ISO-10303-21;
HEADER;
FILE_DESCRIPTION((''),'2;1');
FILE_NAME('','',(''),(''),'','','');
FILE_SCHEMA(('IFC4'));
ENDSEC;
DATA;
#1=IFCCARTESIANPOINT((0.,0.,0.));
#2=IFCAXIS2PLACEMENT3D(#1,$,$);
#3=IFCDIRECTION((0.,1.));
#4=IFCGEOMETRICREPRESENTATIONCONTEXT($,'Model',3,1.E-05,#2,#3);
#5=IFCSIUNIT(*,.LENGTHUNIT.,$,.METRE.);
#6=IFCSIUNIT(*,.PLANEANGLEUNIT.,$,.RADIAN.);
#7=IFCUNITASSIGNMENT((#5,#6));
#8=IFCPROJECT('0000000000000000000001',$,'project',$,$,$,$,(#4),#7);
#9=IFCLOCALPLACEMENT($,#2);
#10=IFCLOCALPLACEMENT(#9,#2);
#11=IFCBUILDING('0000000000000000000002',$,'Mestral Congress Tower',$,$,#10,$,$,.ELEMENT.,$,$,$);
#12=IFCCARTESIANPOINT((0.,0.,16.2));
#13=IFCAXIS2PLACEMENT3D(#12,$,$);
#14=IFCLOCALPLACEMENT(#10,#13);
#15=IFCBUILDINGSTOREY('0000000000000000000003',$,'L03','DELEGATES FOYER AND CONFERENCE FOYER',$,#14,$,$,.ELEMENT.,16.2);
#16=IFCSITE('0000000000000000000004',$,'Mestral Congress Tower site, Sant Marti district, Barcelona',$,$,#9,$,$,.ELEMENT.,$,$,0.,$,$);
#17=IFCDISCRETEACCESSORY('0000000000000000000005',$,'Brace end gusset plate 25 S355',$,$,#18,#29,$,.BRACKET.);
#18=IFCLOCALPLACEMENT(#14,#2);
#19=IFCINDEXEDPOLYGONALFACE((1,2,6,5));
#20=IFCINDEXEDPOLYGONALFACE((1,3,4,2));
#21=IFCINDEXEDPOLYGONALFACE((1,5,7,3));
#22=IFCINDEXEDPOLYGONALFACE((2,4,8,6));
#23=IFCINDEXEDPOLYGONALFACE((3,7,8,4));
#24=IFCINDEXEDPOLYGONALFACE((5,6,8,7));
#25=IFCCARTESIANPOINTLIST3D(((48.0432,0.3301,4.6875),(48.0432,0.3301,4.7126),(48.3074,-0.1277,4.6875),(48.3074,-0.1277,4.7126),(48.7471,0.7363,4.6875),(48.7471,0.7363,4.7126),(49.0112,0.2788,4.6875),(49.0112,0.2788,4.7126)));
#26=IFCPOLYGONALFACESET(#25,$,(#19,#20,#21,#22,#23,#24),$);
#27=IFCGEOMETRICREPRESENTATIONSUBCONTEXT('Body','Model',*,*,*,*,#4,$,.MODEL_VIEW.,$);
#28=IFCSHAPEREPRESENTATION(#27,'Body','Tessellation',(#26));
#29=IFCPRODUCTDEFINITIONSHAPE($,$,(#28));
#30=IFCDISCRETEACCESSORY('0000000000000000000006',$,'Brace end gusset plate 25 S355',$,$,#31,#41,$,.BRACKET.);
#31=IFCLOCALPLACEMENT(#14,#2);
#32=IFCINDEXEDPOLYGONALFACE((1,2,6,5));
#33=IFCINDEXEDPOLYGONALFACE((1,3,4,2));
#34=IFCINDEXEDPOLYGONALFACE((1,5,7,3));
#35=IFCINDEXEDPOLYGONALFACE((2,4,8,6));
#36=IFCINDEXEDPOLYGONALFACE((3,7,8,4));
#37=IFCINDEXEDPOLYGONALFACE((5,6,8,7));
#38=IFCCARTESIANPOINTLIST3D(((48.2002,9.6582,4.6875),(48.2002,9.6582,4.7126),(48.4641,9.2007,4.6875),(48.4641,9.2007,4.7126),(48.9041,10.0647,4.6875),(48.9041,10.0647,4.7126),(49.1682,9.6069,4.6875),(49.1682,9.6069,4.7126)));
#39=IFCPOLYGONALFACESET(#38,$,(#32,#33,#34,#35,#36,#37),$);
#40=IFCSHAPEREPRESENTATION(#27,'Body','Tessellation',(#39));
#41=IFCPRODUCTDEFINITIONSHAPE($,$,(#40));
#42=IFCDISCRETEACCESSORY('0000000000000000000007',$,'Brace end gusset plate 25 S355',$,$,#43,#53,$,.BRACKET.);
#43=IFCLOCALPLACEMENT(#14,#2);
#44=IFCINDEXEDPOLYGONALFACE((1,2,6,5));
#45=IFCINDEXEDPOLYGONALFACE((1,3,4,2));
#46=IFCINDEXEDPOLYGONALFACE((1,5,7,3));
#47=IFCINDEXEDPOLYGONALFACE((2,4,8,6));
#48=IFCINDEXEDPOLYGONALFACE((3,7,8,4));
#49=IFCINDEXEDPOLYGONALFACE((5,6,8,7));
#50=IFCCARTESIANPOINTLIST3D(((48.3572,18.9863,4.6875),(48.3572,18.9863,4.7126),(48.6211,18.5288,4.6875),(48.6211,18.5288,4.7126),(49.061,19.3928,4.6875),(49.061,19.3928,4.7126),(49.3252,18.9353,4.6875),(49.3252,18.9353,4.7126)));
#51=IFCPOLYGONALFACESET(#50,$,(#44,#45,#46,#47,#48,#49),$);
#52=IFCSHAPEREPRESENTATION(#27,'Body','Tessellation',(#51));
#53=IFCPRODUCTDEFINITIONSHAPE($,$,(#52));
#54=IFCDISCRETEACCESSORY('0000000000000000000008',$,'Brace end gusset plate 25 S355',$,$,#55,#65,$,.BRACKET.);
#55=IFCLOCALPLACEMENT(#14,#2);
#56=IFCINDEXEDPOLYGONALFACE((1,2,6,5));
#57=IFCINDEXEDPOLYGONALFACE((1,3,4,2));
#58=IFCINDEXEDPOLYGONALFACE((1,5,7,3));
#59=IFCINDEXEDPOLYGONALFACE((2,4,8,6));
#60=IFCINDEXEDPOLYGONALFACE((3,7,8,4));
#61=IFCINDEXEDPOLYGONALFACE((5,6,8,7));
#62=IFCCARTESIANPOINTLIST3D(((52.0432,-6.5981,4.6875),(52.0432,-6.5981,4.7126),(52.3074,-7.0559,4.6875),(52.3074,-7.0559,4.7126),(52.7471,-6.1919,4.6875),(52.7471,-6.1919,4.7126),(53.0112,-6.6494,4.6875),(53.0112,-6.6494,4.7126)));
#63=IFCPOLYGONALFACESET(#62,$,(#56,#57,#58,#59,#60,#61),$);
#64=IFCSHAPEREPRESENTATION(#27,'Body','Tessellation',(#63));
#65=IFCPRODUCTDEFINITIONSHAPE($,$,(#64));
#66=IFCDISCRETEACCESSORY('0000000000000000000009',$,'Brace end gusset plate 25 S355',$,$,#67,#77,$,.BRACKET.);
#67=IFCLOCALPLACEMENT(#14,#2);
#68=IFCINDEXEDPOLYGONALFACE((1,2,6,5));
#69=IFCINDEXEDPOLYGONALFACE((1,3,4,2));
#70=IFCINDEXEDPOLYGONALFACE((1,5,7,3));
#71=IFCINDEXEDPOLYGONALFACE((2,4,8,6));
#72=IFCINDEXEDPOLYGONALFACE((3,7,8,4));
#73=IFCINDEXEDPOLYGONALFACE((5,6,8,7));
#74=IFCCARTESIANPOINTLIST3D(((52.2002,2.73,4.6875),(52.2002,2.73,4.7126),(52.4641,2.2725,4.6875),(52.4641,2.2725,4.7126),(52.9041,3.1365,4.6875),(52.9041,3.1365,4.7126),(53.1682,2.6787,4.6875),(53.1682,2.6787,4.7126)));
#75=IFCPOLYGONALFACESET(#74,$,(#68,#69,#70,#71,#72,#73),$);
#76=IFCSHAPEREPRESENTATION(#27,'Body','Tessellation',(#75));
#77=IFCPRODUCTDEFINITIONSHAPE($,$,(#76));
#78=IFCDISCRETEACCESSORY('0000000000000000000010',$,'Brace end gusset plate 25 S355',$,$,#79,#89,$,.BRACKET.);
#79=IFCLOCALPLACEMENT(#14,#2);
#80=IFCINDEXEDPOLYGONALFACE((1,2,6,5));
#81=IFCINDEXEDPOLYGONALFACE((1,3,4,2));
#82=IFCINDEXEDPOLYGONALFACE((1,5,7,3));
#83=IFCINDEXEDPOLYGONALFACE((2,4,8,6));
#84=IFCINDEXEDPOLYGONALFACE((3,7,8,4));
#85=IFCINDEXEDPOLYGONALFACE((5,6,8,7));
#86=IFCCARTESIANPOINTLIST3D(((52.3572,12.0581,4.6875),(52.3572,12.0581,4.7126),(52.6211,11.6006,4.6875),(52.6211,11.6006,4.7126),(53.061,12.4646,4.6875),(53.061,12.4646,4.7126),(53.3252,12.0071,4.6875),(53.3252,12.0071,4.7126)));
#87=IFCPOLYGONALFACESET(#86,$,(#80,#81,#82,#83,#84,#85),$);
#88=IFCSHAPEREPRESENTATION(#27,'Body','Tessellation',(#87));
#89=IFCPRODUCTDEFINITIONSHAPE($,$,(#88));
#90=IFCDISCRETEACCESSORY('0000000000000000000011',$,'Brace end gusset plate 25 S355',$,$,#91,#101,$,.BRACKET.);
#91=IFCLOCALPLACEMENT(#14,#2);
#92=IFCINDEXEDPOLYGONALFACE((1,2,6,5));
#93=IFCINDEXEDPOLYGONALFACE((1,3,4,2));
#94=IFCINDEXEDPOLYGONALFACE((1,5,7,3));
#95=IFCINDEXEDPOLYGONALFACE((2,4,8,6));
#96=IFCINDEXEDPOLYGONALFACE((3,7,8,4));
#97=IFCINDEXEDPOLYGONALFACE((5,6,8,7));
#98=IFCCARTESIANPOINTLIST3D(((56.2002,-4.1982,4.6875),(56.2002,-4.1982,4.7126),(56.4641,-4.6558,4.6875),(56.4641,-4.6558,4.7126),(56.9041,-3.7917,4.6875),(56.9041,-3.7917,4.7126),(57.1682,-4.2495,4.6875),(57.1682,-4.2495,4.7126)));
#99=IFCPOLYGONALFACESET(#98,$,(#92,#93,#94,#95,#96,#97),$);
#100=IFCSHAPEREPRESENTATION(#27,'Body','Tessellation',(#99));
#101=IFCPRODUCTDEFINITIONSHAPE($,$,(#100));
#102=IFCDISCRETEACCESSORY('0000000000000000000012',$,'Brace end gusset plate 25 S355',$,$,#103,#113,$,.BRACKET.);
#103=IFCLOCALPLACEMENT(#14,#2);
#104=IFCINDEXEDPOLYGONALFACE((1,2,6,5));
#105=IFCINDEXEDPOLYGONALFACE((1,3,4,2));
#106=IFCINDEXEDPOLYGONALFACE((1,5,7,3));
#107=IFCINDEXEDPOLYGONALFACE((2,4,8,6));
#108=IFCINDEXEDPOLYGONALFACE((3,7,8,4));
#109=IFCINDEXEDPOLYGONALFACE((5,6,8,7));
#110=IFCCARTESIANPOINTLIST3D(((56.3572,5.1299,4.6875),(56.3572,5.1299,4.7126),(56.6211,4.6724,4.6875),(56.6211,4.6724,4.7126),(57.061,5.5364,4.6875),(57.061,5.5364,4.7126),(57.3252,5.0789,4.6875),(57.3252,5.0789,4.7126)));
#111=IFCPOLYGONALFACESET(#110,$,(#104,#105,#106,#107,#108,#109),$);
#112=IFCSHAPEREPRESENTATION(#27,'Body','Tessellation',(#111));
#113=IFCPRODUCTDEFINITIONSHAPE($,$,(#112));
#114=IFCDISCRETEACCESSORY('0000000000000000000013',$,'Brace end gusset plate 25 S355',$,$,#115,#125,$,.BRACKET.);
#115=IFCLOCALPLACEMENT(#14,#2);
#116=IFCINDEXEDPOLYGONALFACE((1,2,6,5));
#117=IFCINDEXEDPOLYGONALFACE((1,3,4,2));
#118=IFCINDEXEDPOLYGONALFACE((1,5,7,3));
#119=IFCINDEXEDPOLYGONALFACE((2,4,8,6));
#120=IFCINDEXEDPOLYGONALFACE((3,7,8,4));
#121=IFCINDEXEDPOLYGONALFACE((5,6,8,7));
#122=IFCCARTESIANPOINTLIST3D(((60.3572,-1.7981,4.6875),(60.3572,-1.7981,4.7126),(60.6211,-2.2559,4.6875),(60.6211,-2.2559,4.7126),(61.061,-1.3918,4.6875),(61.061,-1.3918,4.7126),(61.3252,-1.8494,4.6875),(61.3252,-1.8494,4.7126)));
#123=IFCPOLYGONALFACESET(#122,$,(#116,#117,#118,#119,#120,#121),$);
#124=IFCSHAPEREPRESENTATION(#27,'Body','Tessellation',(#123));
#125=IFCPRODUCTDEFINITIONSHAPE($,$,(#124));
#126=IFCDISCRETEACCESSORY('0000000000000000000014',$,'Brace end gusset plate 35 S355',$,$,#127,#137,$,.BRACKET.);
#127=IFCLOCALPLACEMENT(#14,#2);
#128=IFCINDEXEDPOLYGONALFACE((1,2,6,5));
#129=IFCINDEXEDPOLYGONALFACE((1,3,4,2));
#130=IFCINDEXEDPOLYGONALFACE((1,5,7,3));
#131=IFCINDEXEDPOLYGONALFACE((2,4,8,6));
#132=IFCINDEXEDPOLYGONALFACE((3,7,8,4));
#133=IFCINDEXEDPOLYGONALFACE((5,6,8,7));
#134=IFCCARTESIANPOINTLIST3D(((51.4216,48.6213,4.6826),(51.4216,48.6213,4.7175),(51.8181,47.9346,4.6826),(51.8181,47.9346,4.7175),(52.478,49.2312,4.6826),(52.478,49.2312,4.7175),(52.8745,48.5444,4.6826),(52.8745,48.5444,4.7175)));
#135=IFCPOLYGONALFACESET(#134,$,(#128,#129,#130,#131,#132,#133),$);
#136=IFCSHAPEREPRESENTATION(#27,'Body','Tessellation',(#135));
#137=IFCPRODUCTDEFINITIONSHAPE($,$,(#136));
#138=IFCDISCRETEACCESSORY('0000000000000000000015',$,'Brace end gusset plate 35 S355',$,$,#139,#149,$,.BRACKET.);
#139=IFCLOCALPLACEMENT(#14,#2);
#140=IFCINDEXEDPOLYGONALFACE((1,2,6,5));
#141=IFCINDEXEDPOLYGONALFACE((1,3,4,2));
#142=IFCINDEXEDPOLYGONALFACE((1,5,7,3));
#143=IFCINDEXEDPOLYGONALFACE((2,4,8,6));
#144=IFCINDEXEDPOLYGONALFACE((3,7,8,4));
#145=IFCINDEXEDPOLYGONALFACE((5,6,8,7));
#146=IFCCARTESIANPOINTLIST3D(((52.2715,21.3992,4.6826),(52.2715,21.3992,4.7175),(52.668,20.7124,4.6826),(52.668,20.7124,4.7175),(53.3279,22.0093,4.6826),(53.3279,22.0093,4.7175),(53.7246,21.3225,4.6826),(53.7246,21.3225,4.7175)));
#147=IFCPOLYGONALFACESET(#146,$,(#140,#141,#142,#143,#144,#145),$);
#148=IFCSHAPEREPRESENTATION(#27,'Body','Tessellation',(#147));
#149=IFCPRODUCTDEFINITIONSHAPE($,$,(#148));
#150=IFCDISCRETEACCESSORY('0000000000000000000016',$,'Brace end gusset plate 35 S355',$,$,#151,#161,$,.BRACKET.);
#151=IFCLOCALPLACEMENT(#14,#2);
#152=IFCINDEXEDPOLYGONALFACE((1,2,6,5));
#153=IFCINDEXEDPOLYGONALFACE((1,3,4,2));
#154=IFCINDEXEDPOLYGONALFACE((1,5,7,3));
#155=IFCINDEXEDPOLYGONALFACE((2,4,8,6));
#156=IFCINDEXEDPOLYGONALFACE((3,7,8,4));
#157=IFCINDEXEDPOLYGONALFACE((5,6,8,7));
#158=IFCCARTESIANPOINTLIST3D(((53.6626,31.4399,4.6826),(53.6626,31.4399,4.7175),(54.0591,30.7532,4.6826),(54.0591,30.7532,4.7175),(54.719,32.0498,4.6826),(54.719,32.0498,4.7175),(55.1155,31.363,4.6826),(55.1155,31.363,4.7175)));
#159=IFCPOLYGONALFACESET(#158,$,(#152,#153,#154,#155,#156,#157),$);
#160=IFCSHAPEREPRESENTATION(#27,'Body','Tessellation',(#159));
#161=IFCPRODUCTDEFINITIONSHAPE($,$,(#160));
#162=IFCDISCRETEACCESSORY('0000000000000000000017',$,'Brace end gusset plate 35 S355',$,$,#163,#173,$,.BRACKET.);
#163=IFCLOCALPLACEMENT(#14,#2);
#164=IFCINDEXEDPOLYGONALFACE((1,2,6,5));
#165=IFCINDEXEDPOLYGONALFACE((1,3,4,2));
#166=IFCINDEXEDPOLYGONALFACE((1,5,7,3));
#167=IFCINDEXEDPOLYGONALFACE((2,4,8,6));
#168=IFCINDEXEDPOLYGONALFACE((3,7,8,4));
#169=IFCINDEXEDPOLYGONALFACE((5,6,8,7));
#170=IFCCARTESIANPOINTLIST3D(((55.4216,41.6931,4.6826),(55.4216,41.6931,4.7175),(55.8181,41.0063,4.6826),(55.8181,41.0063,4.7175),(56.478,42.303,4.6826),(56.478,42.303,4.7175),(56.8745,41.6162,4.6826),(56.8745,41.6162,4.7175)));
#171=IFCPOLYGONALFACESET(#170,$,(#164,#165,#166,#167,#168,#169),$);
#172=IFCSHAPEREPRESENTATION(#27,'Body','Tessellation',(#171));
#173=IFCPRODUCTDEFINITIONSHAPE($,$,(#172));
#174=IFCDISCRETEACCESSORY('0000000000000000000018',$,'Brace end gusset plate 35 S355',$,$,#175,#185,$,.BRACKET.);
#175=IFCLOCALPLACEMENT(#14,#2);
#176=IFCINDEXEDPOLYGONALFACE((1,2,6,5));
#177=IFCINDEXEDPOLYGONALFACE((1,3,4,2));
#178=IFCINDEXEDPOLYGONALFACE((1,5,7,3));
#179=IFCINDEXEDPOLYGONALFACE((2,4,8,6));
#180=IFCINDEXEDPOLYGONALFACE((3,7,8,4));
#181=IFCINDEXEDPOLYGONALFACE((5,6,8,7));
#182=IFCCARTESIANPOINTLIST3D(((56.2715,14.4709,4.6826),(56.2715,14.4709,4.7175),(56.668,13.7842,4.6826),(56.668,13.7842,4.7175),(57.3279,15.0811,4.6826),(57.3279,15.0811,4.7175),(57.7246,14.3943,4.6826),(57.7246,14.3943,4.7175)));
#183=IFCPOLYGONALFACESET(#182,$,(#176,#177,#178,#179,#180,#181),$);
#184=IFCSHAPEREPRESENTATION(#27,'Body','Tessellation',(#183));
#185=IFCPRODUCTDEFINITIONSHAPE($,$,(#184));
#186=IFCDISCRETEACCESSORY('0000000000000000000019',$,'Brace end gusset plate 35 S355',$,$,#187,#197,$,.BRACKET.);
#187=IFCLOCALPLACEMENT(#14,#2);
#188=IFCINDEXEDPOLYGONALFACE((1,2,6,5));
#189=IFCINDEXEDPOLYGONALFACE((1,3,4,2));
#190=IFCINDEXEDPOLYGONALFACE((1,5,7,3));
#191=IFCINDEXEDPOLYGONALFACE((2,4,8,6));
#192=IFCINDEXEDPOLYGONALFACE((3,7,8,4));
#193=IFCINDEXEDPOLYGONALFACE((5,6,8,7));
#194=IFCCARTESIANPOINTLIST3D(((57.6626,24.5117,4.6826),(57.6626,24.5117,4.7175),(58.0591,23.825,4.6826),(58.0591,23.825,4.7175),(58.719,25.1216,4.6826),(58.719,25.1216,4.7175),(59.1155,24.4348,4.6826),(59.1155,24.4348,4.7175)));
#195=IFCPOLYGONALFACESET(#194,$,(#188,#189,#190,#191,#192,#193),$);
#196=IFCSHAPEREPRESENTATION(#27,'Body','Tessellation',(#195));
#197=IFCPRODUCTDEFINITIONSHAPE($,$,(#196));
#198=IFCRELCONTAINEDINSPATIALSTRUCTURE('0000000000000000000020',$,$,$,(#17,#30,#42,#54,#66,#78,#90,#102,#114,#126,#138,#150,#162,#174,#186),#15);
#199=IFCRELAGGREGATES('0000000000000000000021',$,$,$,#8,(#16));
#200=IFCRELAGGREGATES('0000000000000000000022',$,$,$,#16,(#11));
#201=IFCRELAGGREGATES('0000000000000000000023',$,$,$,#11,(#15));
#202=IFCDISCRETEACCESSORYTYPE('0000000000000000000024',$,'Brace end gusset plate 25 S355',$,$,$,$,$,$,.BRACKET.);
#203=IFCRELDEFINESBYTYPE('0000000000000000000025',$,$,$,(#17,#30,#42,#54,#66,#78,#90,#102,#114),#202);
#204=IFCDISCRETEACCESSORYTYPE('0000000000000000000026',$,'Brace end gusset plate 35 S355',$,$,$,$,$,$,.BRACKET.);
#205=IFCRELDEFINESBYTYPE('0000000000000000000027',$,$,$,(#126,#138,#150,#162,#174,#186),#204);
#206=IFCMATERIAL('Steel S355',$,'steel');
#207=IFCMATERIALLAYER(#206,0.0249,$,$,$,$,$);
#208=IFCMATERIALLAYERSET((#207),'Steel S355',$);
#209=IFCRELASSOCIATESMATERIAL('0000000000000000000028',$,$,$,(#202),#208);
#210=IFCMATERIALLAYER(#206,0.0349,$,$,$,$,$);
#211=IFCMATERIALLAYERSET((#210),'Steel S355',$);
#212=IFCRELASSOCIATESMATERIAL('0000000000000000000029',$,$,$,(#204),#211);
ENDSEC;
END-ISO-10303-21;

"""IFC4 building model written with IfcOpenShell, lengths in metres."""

from ifc_helpers import new_model, si_unit, direction, frame, origin, place, context, subcontext, project, spatial, polyline, outline, extrude, material, layer, layer_set, type_object, element, save


model = new_model("IFC4")

# Units and contexts
model_context = context("Model", 3, precision=1e-05, world=origin(), true_north=direction((0.0, 1.0)))
body_context = subcontext(model_context, "Body", "Model", "MODEL_VIEW")
ifc_project = project(units=[si_unit("LENGTHUNIT", "METRE"), si_unit("PLANEANGLEUNIT", "RADIAN")], contexts=[model_context])

# Site, building, storey
site_placement = place(None, origin())
site = spatial("IfcSite", under=ifc_project, at=site_placement, Name="Mestral Congress Tower site, Sant Marti district, Barcelona", CompositionType="ELEMENT", RefElevation=0.0)
building_placement = place(site_placement, origin())
building = spatial("IfcBuilding", under=site, at=building_placement, Name="Mestral Congress Tower", CompositionType="ELEMENT")
storey_placement = place(building_placement, frame((0.0, 0.0, 16.2)))
storey = spatial("IfcBuildingStorey", under=building, at=storey_placement, Name="L03", Description="DELEGATES FOYER AND CONFERENCE FOYER", CompositionType="ELEMENT", Elevation=16.2)

# Discrete accessories
ifc_material = material(Name="Steel S355", Category="steel")
ifc_layer_1 = layer(ifc_material, 0.0249)
ifc_layer_set_1 = layer_set([ifc_layer_1], Name="Steel S355")
discrete_accessory_type_1 = type_object("IfcDiscreteAccessoryType", Name="Brace end gusset plate 25 S355", PredefinedType="BRACKET", material=ifc_layer_set_1)
placement_1 = place(storey_placement, frame((0.0, 0.0, 4.6875)))
element("IfcDiscreteAccessory", 1, at=placement_1, inside=storey, type_object=discrete_accessory_type_1, Name="Brace end gusset plate 25 S355", PredefinedType="BRACKET", context=body_context, shape_type="SweptSolid", body=[
    extrude(outline(polyline([(48.7471, 0.7363), (48.0432, 0.3301), (48.3074, -0.1277), (49.0112, 0.2788), (48.7471, 0.7363)])), origin(), (0.0, 0.0, 1.0), 0.0251),
])
element("IfcDiscreteAccessory", 2, at=placement_1, inside=storey, type_object=discrete_accessory_type_1, Name="Brace end gusset plate 25 S355", PredefinedType="BRACKET", context=body_context, shape_type="SweptSolid", body=[
    extrude(outline(polyline([(48.9041, 10.0647), (48.2002, 9.6582), (48.4641, 9.2007), (49.1682, 9.6069), (48.9041, 10.0647)])), origin(), (0.0, 0.0, 1.0), 0.0251),
])
element("IfcDiscreteAccessory", 3, at=placement_1, inside=storey, type_object=discrete_accessory_type_1, Name="Brace end gusset plate 25 S355", PredefinedType="BRACKET", context=body_context, shape_type="SweptSolid", body=[
    extrude(outline(polyline([(49.061, 19.3928), (48.3572, 18.9863), (48.6211, 18.5288), (49.3252, 18.9353), (49.061, 19.3928)])), origin(), (0.0, 0.0, 1.0), 0.0251),
])
element("IfcDiscreteAccessory", 4, at=placement_1, inside=storey, type_object=discrete_accessory_type_1, Name="Brace end gusset plate 25 S355", PredefinedType="BRACKET", context=body_context, shape_type="SweptSolid", body=[
    extrude(outline(polyline([(52.7471, -6.1919), (52.0432, -6.5981), (52.3074, -7.0559), (53.0112, -6.6494), (52.7471, -6.1919)])), origin(), (0.0, 0.0, 1.0), 0.0251),
])
element("IfcDiscreteAccessory", 5, at=placement_1, inside=storey, type_object=discrete_accessory_type_1, Name="Brace end gusset plate 25 S355", PredefinedType="BRACKET", context=body_context, shape_type="SweptSolid", body=[
    extrude(outline(polyline([(52.9041, 3.1365), (52.2002, 2.73), (52.4641, 2.2725), (53.1682, 2.6787), (52.9041, 3.1365)])), origin(), (0.0, 0.0, 1.0), 0.0251),
])
element("IfcDiscreteAccessory", 6, at=placement_1, inside=storey, type_object=discrete_accessory_type_1, Name="Brace end gusset plate 25 S355", PredefinedType="BRACKET", context=body_context, shape_type="SweptSolid", body=[
    extrude(outline(polyline([(53.061, 12.4646), (52.3572, 12.0581), (52.6211, 11.6006), (53.3252, 12.0071), (53.061, 12.4646)])), origin(), (0.0, 0.0, 1.0), 0.0251),
])
element("IfcDiscreteAccessory", 7, at=placement_1, inside=storey, type_object=discrete_accessory_type_1, Name="Brace end gusset plate 25 S355", PredefinedType="BRACKET", context=body_context, shape_type="SweptSolid", body=[
    extrude(outline(polyline([(56.9041, -3.7917), (56.2002, -4.1982), (56.4641, -4.6558), (57.1682, -4.2495), (56.9041, -3.7917)])), origin(), (0.0, 0.0, 1.0), 0.0251),
])
element("IfcDiscreteAccessory", 8, at=placement_1, inside=storey, type_object=discrete_accessory_type_1, Name="Brace end gusset plate 25 S355", PredefinedType="BRACKET", context=body_context, shape_type="SweptSolid", body=[
    extrude(outline(polyline([(57.061, 5.5364), (56.3572, 5.1299), (56.6211, 4.6724), (57.3252, 5.0789), (57.061, 5.5364)])), origin(), (0.0, 0.0, 1.0), 0.0251),
])
element("IfcDiscreteAccessory", 9, at=placement_1, inside=storey, type_object=discrete_accessory_type_1, Name="Brace end gusset plate 25 S355", PredefinedType="BRACKET", context=body_context, shape_type="SweptSolid", body=[
    extrude(outline(polyline([(61.061, -1.3918), (60.3572, -1.7981), (60.6211, -2.2559), (61.3252, -1.8494), (61.061, -1.3918)])), origin(), (0.0, 0.0, 1.0), 0.0251),
])
ifc_layer_2 = layer(ifc_material, 0.0349)
ifc_layer_set_2 = layer_set([ifc_layer_2], Name="Steel S355")
discrete_accessory_type_2 = type_object("IfcDiscreteAccessoryType", Name="Brace end gusset plate 35 S355", PredefinedType="BRACKET", material=ifc_layer_set_2)
placement_2 = place(storey_placement, frame((0.0, 0.0, 4.6826)))
element("IfcDiscreteAccessory", 10, at=placement_2, inside=storey, type_object=discrete_accessory_type_2, Name="Brace end gusset plate 35 S355", PredefinedType="BRACKET", context=body_context, shape_type="SweptSolid", body=[
    extrude(outline(polyline([(52.478, 49.2312), (51.4216, 48.6213), (51.8181, 47.9346), (52.8745, 48.5444), (52.478, 49.2312)])), origin(), (0.0, 0.0, 1.0), 0.0349),
])
element("IfcDiscreteAccessory", 11, at=placement_2, inside=storey, type_object=discrete_accessory_type_2, Name="Brace end gusset plate 35 S355", PredefinedType="BRACKET", context=body_context, shape_type="SweptSolid", body=[
    extrude(outline(polyline([(53.3279, 22.0093), (52.2715, 21.3992), (52.668, 20.7124), (53.7246, 21.3225), (53.3279, 22.0093)])), origin(), (0.0, 0.0, 1.0), 0.0349),
])
element("IfcDiscreteAccessory", 12, at=placement_2, inside=storey, type_object=discrete_accessory_type_2, Name="Brace end gusset plate 35 S355", PredefinedType="BRACKET", context=body_context, shape_type="SweptSolid", body=[
    extrude(outline(polyline([(54.719, 32.0498), (53.6626, 31.4399), (54.0591, 30.7532), (55.1155, 31.363), (54.719, 32.0498)])), origin(), (0.0, 0.0, 1.0), 0.0349),
])
element("IfcDiscreteAccessory", 13, at=placement_2, inside=storey, type_object=discrete_accessory_type_2, Name="Brace end gusset plate 35 S355", PredefinedType="BRACKET", context=body_context, shape_type="SweptSolid", body=[
    extrude(outline(polyline([(56.478, 42.303), (55.4216, 41.6931), (55.8181, 41.0063), (56.8745, 41.6162), (56.478, 42.303)])), origin(), (0.0, 0.0, 1.0), 0.0349),
])
element("IfcDiscreteAccessory", 14, at=placement_2, inside=storey, type_object=discrete_accessory_type_2, Name="Brace end gusset plate 35 S355", PredefinedType="BRACKET", context=body_context, shape_type="SweptSolid", body=[
    extrude(outline(polyline([(57.3279, 15.0811), (56.2715, 14.4709), (56.668, 13.7842), (57.7246, 14.3943), (57.3279, 15.0811)])), origin(), (0.0, 0.0, 1.0), 0.0349),
])
element("IfcDiscreteAccessory", 15, at=placement_2, inside=storey, type_object=discrete_accessory_type_2, Name="Brace end gusset plate 35 S355", PredefinedType="BRACKET", context=body_context, shape_type="SweptSolid", body=[
    extrude(outline(polyline([(58.719, 25.1216), (57.6626, 24.5117), (58.0591, 23.825), (59.1155, 24.4348), (58.719, 25.1216)])), origin(), (0.0, 0.0, 1.0), 0.0349),
])

save(model, "model.ifc")
